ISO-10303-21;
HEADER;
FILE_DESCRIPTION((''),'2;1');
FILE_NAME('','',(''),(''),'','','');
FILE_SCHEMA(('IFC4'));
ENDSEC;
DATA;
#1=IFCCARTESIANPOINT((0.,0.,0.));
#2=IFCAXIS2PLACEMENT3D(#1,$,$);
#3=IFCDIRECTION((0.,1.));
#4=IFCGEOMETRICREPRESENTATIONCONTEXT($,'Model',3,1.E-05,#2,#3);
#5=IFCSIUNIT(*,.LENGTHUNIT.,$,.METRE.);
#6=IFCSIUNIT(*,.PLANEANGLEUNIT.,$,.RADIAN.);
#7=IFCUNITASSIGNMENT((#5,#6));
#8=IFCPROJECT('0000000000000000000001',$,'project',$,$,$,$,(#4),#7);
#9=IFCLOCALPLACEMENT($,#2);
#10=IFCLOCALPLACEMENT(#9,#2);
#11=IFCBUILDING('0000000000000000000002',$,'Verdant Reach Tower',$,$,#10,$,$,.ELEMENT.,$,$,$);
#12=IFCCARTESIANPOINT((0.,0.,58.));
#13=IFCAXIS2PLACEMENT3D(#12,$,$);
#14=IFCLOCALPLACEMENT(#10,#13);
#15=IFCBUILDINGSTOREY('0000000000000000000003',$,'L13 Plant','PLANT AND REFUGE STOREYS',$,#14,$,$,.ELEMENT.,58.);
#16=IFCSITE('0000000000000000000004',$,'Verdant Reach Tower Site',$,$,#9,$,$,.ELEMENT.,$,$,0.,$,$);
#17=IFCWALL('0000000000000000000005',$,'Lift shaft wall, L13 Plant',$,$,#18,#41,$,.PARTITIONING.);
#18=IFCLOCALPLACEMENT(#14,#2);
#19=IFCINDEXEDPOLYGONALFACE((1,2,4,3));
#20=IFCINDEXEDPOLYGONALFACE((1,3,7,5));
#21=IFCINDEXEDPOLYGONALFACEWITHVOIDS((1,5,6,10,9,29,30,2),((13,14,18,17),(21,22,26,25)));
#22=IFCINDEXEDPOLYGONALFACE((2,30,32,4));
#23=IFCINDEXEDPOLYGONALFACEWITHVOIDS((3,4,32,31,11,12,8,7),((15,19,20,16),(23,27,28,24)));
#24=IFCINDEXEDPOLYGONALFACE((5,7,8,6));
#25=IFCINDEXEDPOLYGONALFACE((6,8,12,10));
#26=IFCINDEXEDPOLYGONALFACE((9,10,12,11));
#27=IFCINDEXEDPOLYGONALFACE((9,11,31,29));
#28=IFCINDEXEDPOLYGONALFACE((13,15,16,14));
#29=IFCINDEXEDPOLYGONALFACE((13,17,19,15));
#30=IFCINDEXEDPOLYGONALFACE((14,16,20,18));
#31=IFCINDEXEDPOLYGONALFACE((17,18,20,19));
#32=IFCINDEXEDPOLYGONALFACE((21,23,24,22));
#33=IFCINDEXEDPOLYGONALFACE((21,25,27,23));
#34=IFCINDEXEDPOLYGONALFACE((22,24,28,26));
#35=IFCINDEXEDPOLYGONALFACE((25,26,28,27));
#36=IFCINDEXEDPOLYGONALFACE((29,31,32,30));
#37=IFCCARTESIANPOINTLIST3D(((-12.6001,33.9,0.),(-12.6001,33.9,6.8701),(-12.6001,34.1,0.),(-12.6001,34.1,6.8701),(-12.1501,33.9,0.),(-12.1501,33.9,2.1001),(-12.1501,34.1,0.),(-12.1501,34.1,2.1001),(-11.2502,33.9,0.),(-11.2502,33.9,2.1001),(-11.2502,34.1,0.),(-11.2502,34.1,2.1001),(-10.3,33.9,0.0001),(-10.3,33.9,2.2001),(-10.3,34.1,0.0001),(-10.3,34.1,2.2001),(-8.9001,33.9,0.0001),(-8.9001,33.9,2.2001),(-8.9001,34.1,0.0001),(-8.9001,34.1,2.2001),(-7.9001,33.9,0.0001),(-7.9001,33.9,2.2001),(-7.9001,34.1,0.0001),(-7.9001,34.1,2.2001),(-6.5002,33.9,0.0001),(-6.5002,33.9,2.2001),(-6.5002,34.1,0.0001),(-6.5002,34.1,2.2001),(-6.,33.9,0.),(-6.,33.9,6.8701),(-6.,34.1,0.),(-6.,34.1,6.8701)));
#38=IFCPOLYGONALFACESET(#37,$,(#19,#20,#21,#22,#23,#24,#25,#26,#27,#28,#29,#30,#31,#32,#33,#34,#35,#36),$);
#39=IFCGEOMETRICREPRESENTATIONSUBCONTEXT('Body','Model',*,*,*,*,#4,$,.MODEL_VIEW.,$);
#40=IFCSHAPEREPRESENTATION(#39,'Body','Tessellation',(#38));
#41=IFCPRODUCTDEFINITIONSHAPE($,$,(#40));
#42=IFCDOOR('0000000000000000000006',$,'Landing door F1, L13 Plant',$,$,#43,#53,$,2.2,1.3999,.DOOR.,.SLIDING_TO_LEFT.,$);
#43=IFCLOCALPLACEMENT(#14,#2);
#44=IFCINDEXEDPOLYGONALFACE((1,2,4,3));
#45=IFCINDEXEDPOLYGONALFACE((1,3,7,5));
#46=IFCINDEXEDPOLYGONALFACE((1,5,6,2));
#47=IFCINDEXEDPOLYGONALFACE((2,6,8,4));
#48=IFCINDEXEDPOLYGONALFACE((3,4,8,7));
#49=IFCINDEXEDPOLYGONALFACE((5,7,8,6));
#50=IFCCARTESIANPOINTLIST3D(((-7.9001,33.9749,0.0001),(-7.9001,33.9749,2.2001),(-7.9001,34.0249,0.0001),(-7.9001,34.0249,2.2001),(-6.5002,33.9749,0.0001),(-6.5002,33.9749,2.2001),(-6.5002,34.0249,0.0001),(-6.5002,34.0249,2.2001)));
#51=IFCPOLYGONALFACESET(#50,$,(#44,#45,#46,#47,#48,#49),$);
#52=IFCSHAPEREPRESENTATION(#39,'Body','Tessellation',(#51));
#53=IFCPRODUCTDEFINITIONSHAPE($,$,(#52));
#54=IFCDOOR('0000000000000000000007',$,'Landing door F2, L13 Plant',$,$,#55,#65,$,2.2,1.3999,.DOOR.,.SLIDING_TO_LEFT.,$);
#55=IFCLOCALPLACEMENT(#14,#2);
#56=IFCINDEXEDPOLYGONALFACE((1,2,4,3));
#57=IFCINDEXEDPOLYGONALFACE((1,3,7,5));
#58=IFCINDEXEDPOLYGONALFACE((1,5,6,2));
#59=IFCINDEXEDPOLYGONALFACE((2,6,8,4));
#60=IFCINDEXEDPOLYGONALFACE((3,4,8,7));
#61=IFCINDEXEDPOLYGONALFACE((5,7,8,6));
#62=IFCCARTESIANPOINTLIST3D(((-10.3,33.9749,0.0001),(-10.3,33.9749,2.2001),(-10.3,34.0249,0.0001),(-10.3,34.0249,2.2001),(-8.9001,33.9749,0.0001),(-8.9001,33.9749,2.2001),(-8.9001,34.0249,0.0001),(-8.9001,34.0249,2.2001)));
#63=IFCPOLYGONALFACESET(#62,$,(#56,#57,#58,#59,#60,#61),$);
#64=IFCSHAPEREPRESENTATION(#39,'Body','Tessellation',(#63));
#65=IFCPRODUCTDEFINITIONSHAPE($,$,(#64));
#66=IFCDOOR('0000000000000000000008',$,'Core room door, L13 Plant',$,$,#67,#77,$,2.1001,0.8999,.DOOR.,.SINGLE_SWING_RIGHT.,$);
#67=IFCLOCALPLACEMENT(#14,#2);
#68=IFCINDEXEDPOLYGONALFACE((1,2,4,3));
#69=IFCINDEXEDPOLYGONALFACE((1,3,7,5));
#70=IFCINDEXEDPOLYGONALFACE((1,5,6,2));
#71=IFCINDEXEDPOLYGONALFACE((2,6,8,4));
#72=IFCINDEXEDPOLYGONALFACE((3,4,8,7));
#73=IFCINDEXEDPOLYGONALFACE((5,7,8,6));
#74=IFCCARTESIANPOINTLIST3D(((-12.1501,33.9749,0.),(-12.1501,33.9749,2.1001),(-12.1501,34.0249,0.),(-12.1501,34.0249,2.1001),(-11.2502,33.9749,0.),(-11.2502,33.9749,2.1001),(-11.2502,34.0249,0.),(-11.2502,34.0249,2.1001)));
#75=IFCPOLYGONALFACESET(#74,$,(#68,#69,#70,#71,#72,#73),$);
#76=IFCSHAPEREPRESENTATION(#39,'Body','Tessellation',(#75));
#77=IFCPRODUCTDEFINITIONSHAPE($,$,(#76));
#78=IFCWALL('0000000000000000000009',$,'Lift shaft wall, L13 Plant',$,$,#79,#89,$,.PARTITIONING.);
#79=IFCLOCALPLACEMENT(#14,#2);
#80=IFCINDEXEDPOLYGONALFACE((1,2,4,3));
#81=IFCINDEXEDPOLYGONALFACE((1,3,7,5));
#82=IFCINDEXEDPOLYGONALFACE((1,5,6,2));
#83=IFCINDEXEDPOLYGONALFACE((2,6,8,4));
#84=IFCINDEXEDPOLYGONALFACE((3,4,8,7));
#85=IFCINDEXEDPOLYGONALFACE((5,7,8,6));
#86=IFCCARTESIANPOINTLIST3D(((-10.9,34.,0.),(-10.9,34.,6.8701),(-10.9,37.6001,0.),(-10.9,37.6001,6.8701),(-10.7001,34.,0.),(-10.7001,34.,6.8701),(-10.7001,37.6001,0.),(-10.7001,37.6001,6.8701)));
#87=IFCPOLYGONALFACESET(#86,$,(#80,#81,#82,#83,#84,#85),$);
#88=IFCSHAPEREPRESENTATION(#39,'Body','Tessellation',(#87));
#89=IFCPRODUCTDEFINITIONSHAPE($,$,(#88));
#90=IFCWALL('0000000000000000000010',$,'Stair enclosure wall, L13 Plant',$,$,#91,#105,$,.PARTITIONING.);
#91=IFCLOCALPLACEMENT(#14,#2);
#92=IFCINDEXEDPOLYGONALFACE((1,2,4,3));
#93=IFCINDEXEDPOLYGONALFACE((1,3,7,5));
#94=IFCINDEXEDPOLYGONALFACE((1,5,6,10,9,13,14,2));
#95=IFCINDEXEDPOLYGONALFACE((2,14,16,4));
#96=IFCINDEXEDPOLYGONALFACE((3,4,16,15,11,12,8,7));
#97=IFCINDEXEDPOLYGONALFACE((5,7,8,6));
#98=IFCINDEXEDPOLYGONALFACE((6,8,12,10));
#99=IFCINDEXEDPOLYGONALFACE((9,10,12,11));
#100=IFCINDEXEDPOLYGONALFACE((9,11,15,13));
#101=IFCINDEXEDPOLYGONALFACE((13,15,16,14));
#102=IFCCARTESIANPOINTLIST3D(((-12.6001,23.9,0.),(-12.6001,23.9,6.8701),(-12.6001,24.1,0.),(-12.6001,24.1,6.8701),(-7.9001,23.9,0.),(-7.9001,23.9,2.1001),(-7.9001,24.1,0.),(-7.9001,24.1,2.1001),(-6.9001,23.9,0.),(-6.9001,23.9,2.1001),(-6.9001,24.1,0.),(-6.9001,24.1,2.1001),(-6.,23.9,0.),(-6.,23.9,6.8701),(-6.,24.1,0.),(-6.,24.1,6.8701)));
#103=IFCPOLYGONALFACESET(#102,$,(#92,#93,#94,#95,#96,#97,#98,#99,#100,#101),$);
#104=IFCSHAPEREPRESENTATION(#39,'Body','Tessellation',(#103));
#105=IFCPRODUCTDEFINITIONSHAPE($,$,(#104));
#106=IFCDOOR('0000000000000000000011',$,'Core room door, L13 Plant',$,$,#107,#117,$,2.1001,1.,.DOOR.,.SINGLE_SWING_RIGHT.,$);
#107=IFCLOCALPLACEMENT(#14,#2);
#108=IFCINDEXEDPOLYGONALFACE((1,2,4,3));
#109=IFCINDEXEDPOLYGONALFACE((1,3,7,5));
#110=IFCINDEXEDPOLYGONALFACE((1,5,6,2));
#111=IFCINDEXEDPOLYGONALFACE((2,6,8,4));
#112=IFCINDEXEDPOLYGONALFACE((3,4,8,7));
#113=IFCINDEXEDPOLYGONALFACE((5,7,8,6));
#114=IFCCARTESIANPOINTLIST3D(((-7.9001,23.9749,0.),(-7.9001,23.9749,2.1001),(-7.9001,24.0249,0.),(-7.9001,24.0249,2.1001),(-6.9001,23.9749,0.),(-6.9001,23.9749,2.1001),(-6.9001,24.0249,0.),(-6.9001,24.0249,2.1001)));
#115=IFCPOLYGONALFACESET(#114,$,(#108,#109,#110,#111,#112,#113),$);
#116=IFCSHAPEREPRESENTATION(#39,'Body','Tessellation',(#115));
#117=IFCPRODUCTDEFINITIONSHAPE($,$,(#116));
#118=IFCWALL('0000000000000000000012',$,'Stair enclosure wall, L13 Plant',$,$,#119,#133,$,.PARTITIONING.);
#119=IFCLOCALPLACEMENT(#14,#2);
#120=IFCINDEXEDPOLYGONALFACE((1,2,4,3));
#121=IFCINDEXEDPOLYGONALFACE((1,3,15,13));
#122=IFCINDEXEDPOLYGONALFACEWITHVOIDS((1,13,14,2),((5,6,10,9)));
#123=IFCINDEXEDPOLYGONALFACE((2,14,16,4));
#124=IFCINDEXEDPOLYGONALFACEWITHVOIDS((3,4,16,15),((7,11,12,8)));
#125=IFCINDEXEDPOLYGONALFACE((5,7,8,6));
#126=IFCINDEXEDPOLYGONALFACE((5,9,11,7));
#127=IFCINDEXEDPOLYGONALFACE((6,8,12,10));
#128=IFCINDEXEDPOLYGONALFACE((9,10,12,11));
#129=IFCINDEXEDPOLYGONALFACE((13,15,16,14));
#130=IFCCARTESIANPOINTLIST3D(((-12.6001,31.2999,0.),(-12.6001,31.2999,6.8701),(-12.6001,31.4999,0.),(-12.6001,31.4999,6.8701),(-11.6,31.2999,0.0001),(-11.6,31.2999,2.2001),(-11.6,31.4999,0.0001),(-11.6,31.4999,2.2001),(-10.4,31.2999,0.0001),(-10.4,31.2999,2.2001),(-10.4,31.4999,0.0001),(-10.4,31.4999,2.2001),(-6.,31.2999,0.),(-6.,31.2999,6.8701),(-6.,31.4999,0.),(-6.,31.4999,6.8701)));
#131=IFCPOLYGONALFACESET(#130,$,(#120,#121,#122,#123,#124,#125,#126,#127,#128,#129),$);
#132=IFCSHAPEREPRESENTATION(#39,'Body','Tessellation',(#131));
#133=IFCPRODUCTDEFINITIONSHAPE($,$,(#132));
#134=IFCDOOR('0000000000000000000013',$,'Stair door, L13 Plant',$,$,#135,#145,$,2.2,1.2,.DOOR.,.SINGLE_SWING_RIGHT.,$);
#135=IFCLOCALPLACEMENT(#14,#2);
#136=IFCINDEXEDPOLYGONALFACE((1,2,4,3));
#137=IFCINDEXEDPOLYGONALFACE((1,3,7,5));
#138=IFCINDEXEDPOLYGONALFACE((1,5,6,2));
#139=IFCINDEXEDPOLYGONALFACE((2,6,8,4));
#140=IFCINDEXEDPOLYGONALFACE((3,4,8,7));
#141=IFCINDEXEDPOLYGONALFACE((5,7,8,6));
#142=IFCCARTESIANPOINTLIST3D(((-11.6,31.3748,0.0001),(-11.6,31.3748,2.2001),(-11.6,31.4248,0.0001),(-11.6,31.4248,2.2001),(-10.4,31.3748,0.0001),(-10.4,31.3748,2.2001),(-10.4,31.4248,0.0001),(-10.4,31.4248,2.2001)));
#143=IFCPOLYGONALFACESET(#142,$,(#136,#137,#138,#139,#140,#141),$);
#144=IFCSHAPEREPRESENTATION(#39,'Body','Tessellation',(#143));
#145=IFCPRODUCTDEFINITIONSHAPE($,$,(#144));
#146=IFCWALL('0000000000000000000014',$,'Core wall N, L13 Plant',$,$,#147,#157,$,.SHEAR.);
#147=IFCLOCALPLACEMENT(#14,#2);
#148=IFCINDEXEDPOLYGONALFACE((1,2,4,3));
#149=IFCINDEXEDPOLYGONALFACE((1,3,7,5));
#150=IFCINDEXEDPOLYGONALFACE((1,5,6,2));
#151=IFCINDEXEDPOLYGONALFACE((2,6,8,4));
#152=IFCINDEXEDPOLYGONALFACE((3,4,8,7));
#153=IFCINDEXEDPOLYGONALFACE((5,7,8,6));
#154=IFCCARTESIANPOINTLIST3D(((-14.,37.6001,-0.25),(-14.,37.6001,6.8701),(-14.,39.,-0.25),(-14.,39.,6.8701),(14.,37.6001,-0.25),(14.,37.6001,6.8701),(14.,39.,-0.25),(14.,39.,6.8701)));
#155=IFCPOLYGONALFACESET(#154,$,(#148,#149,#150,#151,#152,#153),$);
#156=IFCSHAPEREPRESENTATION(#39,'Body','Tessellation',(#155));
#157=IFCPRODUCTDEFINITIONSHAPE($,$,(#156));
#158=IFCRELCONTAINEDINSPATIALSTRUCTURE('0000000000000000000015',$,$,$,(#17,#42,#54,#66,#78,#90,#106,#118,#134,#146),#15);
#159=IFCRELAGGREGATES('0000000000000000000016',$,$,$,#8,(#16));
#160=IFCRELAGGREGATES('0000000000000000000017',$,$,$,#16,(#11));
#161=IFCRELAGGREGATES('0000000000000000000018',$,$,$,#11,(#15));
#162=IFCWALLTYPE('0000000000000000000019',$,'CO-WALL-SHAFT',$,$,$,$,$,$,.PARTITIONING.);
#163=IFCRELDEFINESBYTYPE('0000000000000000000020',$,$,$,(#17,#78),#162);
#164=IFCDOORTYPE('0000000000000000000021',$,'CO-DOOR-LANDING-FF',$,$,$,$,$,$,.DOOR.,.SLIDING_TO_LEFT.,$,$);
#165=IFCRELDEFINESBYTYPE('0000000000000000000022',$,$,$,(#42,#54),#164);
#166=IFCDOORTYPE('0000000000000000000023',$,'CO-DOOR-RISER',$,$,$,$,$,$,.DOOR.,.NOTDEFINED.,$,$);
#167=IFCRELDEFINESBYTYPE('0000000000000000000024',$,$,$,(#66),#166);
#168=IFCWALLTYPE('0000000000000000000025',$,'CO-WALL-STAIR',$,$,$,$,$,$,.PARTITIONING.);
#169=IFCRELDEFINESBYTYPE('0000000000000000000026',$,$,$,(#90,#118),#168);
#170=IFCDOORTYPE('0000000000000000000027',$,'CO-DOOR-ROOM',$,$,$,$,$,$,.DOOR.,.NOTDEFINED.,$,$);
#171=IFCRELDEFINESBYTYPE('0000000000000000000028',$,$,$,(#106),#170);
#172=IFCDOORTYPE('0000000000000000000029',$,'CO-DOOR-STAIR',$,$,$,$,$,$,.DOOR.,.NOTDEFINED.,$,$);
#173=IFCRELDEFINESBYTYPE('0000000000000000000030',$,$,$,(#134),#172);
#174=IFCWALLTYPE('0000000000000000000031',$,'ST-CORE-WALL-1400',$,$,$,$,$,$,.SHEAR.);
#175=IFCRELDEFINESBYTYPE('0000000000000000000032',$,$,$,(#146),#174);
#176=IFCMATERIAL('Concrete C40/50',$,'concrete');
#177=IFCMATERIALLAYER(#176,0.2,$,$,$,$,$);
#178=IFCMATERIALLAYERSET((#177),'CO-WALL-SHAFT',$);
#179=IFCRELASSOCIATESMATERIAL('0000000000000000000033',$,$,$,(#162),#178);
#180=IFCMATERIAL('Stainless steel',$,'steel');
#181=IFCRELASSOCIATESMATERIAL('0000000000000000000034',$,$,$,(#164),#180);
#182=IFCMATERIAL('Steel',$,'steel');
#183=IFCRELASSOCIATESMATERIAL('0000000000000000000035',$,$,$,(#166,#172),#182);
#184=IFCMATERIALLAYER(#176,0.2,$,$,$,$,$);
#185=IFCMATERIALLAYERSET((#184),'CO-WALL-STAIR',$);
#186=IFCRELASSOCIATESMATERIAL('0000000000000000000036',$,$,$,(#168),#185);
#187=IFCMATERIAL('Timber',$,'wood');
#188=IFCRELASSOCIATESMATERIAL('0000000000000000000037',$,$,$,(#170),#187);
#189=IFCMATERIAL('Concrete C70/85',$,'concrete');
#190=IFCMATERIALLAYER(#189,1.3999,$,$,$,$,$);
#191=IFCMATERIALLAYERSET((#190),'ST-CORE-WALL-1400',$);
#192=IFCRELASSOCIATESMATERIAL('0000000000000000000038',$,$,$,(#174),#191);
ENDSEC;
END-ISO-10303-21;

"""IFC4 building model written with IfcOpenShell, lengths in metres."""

from ifc_helpers import new_model, si_unit, direction, frame, frame_2d, origin, place, context, subcontext, project, spatial, rectangle, extrude, material, layer, layer_set, type_object, element, fill, save


model = new_model("IFC4")

# Units and contexts
model_context = context("Model", 3, precision=1e-05, world=origin(), true_north=direction((0.0, 1.0)))
body_context = subcontext(model_context, "Body", "Model", "MODEL_VIEW")
ifc_project = project(units=[si_unit("LENGTHUNIT", "METRE"), si_unit("PLANEANGLEUNIT", "RADIAN")], contexts=[model_context])

# Site, building, storey
site_placement = place(None, origin())
site = spatial("IfcSite", under=ifc_project, at=site_placement, Name="Verdant Reach Tower Site", CompositionType="ELEMENT", RefElevation=0.0)
building_placement = place(site_placement, origin())
building = spatial("IfcBuilding", under=site, at=building_placement, Name="Verdant Reach Tower", CompositionType="ELEMENT")
storey_placement = place(building_placement, frame((0.0, 0.0, 58.0)))
storey = spatial("IfcBuildingStorey", under=building, at=storey_placement, Name="L13 Plant", Description="PLANT AND REFUGE STOREYS", CompositionType="ELEMENT", Elevation=58.0)

# Wall, openings, doors
ifc_material_1 = material(Name="Concrete C40/50", Category="concrete")
ifc_layer_1 = layer(ifc_material_1, 0.2)
ifc_layer_set_1 = layer_set([ifc_layer_1], Name="CO-WALL-SHAFT")
wall_type_1 = type_object("IfcWallType", Name="CO-WALL-SHAFT", PredefinedType="PARTITIONING", material=ifc_layer_set_1)
wall_1_placement = place(storey_placement, frame((-12.6001, 34.0, 0.0), z_axis=(0.0, 0.0, 1.0), x_axis=(1.0, 0.0, 0.0)))
wall_1 = element("IfcWall", 1, at=wall_1_placement, inside=storey, type_object=wall_type_1, Name="Lift shaft wall, L13 Plant", PredefinedType="PARTITIONING", context=body_context, shape_type="SweptSolid", body=[
    extrude(rectangle(XDim=6.6001, YDim=0.2, at=frame_2d((3.3, 0.0))), origin(), (0.0, 0.0, 1.0), 6.8701),
])
opening_1_placement = place(wall_1_placement, frame((4.7, 0.0, 0.0)))
opening_1 = element("IfcOpeningElement", 2, at=opening_1_placement, cuts=wall_1, PredefinedType="OPENING", context=body_context, shape_type="SweptSolid", body=[
    extrude(rectangle(XDim=1.3999, YDim=2.2, at=frame_2d((0.7, 1.1001))), frame((0.0, 0.1099, 0.0), z_axis=(0.0, -1.0, 0.0), x_axis=(1.0, 0.0, 0.0)), (0.0, 0.0, 1.0), 0.22),
])
opening_2_placement = place(wall_1_placement, frame((2.3, 0.0, 0.0)))
opening_2 = element("IfcOpeningElement", 3, at=opening_2_placement, cuts=wall_1, PredefinedType="OPENING", context=body_context, shape_type="SweptSolid", body=[
    extrude(rectangle(XDim=1.3999, YDim=2.2, at=frame_2d((0.7, 1.1001))), frame((0.0, 0.1099, 0.0), z_axis=(0.0, -1.0, 0.0), x_axis=(1.0, 0.0, 0.0)), (0.0, 0.0, 1.0), 0.22),
])
opening_3_placement = place(wall_1_placement, frame((0.45, 0.0, 0.0)))
opening_3 = element("IfcOpeningElement", 4, at=opening_3_placement, cuts=wall_1, PredefinedType="OPENING", context=body_context, shape_type="SweptSolid", body=[
    extrude(rectangle(XDim=0.8999, YDim=2.1001, at=frame_2d((0.45, 1.05))), frame((0.0, 0.1099, 0.0), z_axis=(0.0, -1.0, 0.0), x_axis=(1.0, 0.0, 0.0)), (0.0, 0.0, 1.0), 0.22),
])
ifc_material_2 = material(Name="Stainless steel", Category="steel")
door_type_1 = type_object("IfcDoorType", Name="CO-DOOR-LANDING-FF", OperationType="SLIDING_TO_LEFT", PredefinedType="DOOR", material=ifc_material_2)
door_1_placement = place(opening_1_placement, origin())
door_1 = element("IfcDoor", 5, at=door_1_placement, inside=storey, type_object=door_type_1, Name="Landing door F1, L13 Plant", OperationType="SLIDING_TO_LEFT", OverallHeight=2.2, OverallWidth=1.3999, PredefinedType="DOOR", context=body_context, shape_type="SweptSolid", body=[
    extrude(rectangle(XDim=1.3999, YDim=2.2, at=frame_2d((0.7, 1.1001))), frame((0.0, 0.0249, 0.0), z_axis=(0.0, -1.0, 0.0), x_axis=(1.0, 0.0, 0.0)), (0.0, 0.0, 1.0), 0.05),
])
fill(opening_1, door_1)
door_2_placement = place(opening_2_placement, origin())
door_2 = element("IfcDoor", 6, at=door_2_placement, inside=storey, type_object=door_type_1, Name="Landing door F2, L13 Plant", OperationType="SLIDING_TO_LEFT", OverallHeight=2.2, OverallWidth=1.3999, PredefinedType="DOOR", context=body_context, shape_type="SweptSolid", body=[
    extrude(rectangle(XDim=1.3999, YDim=2.2, at=frame_2d((0.7, 1.1001))), frame((0.0, 0.0249, 0.0), z_axis=(0.0, -1.0, 0.0), x_axis=(1.0, 0.0, 0.0)), (0.0, 0.0, 1.0), 0.05),
])
fill(opening_2, door_2)
ifc_material_3 = material(Name="Steel", Category="steel")
door_type_2 = type_object("IfcDoorType", Name="CO-DOOR-RISER", OperationType="NOTDEFINED", PredefinedType="DOOR", material=ifc_material_3)
door_3_placement = place(opening_3_placement, origin())
door_3 = element("IfcDoor", 7, at=door_3_placement, inside=storey, type_object=door_type_2, Name="Core room door, L13 Plant", OperationType="SINGLE_SWING_RIGHT", OverallHeight=2.1001, OverallWidth=0.8999, PredefinedType="DOOR", context=body_context, shape_type="SweptSolid", body=[
    extrude(rectangle(XDim=0.8999, YDim=2.1001, at=frame_2d((0.45, 1.05))), frame((0.0, 0.0249, 0.0), z_axis=(0.0, -1.0, 0.0), x_axis=(1.0, 0.0, 0.0)), (0.0, 0.0, 1.0), 0.05),
])
fill(opening_3, door_3)

# Wall
wall_2_placement = place(storey_placement, frame((-10.8, 34.0, 0.0), z_axis=(0.0, 0.0, 1.0), x_axis=(0.0, 1.0, 0.0)))
element("IfcWall", 8, at=wall_2_placement, inside=storey, type_object=wall_type_1, Name="Lift shaft wall, L13 Plant", PredefinedType="PARTITIONING", context=body_context, shape_type="SweptSolid", body=[
    extrude(rectangle(XDim=3.6001, YDim=0.2, at=frame_2d((1.8, 0.0))), origin(), (0.0, 0.0, 1.0), 6.8701),
])

# Walls, openings, doors
ifc_layer_2 = layer(ifc_material_1, 0.2)
ifc_layer_set_2 = layer_set([ifc_layer_2], Name="CO-WALL-STAIR")
wall_type_2 = type_object("IfcWallType", Name="CO-WALL-STAIR", PredefinedType="PARTITIONING", material=ifc_layer_set_2)
wall_3_placement = place(storey_placement, frame((-12.6001, 24.0, 0.0), z_axis=(0.0, 0.0, 1.0), x_axis=(1.0, 0.0, 0.0)))
wall_3 = element("IfcWall", 9, at=wall_3_placement, inside=storey, type_object=wall_type_2, Name="Stair enclosure wall, L13 Plant", PredefinedType="PARTITIONING", context=body_context, shape_type="SweptSolid", body=[
    extrude(rectangle(XDim=6.6001, YDim=0.2, at=frame_2d((3.3, 0.0))), origin(), (0.0, 0.0, 1.0), 6.8701),
])
opening_4_placement = place(wall_3_placement, frame((4.7, 0.0, 0.0)))
opening_4 = element("IfcOpeningElement", 10, at=opening_4_placement, cuts=wall_3, PredefinedType="OPENING", context=body_context, shape_type="SweptSolid", body=[
    extrude(rectangle(XDim=1.0, YDim=2.1001, at=frame_2d((0.5, 1.05))), frame((0.0, 0.1099, 0.0), z_axis=(0.0, -1.0, 0.0), x_axis=(1.0, 0.0, 0.0)), (0.0, 0.0, 1.0), 0.22),
])
ifc_material_4 = material(Name="Timber", Category="wood")
door_type_3 = type_object("IfcDoorType", Name="CO-DOOR-ROOM", OperationType="NOTDEFINED", PredefinedType="DOOR", material=ifc_material_4)
door_4_placement = place(opening_4_placement, origin())
door_4 = element("IfcDoor", 11, at=door_4_placement, inside=storey, type_object=door_type_3, Name="Core room door, L13 Plant", OperationType="SINGLE_SWING_RIGHT", OverallHeight=2.1001, OverallWidth=1.0, PredefinedType="DOOR", context=body_context, shape_type="SweptSolid", body=[
    extrude(rectangle(XDim=1.0, YDim=2.1001, at=frame_2d((0.5, 1.05))), frame((0.0, 0.0249, 0.0), z_axis=(0.0, -1.0, 0.0), x_axis=(1.0, 0.0, 0.0)), (0.0, 0.0, 1.0), 0.05),
])
fill(opening_4, door_4)
wall_4_placement = place(storey_placement, frame((-12.6001, 31.3999, 0.0), z_axis=(0.0, 0.0, 1.0), x_axis=(1.0, 0.0, 0.0)))
wall_4 = element("IfcWall", 12, at=wall_4_placement, inside=storey, type_object=wall_type_2, Name="Stair enclosure wall, L13 Plant", PredefinedType="PARTITIONING", context=body_context, shape_type="SweptSolid", body=[
    extrude(rectangle(XDim=6.6001, YDim=0.2, at=frame_2d((3.3, 0.0))), origin(), (0.0, 0.0, 1.0), 6.8701),
])
opening_5_placement = place(wall_4_placement, frame((1.0, 0.0, 0.0)))
opening_5 = element("IfcOpeningElement", 13, at=opening_5_placement, cuts=wall_4, PredefinedType="OPENING", context=body_context, shape_type="SweptSolid", body=[
    extrude(rectangle(XDim=1.2, YDim=2.2, at=frame_2d((0.6001, 1.1001))), frame((0.0, 0.1099, 0.0), z_axis=(0.0, -1.0, 0.0), x_axis=(1.0, 0.0, 0.0)), (0.0, 0.0, 1.0), 0.22),
])
door_type_4 = type_object("IfcDoorType", Name="CO-DOOR-STAIR", OperationType="NOTDEFINED", PredefinedType="DOOR", material=ifc_material_3)
door_5_placement = place(opening_5_placement, origin())
door_5 = element("IfcDoor", 14, at=door_5_placement, inside=storey, type_object=door_type_4, Name="Stair door, L13 Plant", OperationType="SINGLE_SWING_RIGHT", OverallHeight=2.2, OverallWidth=1.2, PredefinedType="DOOR", context=body_context, shape_type="SweptSolid", body=[
    extrude(rectangle(XDim=1.2, YDim=2.2, at=frame_2d((0.6001, 1.1001))), frame((0.0, 0.0249, 0.0), z_axis=(0.0, -1.0, 0.0), x_axis=(1.0, 0.0, 0.0)), (0.0, 0.0, 1.0), 0.05),
])
fill(opening_5, door_5)

# Wall
ifc_material_5 = material(Name="Concrete C70/85", Category="concrete")
ifc_layer_3 = layer(ifc_material_5, 1.3999)
ifc_layer_set_3 = layer_set([ifc_layer_3], Name="ST-CORE-WALL-1400")
wall_type_3 = type_object("IfcWallType", Name="ST-CORE-WALL-1400", PredefinedType="SHEAR", material=ifc_layer_set_3)
wall_5_placement = place(storey_placement, frame((-14.0, 38.3, -0.25), z_axis=(0.0, 0.0, 1.0), x_axis=(1.0, 0.0, 0.0)))
element("IfcWall", 15, at=wall_5_placement, inside=storey, type_object=wall_type_3, Name="Core wall N, L13 Plant", PredefinedType="SHEAR", context=body_context, shape_type="SweptSolid", body=[
    extrude(rectangle(XDim=28.0, YDim=1.3999, at=frame_2d((14.0, 0.0))), origin(), (0.0, 0.0, 1.0), 7.1201),
])

save(model, "model.ifc")
